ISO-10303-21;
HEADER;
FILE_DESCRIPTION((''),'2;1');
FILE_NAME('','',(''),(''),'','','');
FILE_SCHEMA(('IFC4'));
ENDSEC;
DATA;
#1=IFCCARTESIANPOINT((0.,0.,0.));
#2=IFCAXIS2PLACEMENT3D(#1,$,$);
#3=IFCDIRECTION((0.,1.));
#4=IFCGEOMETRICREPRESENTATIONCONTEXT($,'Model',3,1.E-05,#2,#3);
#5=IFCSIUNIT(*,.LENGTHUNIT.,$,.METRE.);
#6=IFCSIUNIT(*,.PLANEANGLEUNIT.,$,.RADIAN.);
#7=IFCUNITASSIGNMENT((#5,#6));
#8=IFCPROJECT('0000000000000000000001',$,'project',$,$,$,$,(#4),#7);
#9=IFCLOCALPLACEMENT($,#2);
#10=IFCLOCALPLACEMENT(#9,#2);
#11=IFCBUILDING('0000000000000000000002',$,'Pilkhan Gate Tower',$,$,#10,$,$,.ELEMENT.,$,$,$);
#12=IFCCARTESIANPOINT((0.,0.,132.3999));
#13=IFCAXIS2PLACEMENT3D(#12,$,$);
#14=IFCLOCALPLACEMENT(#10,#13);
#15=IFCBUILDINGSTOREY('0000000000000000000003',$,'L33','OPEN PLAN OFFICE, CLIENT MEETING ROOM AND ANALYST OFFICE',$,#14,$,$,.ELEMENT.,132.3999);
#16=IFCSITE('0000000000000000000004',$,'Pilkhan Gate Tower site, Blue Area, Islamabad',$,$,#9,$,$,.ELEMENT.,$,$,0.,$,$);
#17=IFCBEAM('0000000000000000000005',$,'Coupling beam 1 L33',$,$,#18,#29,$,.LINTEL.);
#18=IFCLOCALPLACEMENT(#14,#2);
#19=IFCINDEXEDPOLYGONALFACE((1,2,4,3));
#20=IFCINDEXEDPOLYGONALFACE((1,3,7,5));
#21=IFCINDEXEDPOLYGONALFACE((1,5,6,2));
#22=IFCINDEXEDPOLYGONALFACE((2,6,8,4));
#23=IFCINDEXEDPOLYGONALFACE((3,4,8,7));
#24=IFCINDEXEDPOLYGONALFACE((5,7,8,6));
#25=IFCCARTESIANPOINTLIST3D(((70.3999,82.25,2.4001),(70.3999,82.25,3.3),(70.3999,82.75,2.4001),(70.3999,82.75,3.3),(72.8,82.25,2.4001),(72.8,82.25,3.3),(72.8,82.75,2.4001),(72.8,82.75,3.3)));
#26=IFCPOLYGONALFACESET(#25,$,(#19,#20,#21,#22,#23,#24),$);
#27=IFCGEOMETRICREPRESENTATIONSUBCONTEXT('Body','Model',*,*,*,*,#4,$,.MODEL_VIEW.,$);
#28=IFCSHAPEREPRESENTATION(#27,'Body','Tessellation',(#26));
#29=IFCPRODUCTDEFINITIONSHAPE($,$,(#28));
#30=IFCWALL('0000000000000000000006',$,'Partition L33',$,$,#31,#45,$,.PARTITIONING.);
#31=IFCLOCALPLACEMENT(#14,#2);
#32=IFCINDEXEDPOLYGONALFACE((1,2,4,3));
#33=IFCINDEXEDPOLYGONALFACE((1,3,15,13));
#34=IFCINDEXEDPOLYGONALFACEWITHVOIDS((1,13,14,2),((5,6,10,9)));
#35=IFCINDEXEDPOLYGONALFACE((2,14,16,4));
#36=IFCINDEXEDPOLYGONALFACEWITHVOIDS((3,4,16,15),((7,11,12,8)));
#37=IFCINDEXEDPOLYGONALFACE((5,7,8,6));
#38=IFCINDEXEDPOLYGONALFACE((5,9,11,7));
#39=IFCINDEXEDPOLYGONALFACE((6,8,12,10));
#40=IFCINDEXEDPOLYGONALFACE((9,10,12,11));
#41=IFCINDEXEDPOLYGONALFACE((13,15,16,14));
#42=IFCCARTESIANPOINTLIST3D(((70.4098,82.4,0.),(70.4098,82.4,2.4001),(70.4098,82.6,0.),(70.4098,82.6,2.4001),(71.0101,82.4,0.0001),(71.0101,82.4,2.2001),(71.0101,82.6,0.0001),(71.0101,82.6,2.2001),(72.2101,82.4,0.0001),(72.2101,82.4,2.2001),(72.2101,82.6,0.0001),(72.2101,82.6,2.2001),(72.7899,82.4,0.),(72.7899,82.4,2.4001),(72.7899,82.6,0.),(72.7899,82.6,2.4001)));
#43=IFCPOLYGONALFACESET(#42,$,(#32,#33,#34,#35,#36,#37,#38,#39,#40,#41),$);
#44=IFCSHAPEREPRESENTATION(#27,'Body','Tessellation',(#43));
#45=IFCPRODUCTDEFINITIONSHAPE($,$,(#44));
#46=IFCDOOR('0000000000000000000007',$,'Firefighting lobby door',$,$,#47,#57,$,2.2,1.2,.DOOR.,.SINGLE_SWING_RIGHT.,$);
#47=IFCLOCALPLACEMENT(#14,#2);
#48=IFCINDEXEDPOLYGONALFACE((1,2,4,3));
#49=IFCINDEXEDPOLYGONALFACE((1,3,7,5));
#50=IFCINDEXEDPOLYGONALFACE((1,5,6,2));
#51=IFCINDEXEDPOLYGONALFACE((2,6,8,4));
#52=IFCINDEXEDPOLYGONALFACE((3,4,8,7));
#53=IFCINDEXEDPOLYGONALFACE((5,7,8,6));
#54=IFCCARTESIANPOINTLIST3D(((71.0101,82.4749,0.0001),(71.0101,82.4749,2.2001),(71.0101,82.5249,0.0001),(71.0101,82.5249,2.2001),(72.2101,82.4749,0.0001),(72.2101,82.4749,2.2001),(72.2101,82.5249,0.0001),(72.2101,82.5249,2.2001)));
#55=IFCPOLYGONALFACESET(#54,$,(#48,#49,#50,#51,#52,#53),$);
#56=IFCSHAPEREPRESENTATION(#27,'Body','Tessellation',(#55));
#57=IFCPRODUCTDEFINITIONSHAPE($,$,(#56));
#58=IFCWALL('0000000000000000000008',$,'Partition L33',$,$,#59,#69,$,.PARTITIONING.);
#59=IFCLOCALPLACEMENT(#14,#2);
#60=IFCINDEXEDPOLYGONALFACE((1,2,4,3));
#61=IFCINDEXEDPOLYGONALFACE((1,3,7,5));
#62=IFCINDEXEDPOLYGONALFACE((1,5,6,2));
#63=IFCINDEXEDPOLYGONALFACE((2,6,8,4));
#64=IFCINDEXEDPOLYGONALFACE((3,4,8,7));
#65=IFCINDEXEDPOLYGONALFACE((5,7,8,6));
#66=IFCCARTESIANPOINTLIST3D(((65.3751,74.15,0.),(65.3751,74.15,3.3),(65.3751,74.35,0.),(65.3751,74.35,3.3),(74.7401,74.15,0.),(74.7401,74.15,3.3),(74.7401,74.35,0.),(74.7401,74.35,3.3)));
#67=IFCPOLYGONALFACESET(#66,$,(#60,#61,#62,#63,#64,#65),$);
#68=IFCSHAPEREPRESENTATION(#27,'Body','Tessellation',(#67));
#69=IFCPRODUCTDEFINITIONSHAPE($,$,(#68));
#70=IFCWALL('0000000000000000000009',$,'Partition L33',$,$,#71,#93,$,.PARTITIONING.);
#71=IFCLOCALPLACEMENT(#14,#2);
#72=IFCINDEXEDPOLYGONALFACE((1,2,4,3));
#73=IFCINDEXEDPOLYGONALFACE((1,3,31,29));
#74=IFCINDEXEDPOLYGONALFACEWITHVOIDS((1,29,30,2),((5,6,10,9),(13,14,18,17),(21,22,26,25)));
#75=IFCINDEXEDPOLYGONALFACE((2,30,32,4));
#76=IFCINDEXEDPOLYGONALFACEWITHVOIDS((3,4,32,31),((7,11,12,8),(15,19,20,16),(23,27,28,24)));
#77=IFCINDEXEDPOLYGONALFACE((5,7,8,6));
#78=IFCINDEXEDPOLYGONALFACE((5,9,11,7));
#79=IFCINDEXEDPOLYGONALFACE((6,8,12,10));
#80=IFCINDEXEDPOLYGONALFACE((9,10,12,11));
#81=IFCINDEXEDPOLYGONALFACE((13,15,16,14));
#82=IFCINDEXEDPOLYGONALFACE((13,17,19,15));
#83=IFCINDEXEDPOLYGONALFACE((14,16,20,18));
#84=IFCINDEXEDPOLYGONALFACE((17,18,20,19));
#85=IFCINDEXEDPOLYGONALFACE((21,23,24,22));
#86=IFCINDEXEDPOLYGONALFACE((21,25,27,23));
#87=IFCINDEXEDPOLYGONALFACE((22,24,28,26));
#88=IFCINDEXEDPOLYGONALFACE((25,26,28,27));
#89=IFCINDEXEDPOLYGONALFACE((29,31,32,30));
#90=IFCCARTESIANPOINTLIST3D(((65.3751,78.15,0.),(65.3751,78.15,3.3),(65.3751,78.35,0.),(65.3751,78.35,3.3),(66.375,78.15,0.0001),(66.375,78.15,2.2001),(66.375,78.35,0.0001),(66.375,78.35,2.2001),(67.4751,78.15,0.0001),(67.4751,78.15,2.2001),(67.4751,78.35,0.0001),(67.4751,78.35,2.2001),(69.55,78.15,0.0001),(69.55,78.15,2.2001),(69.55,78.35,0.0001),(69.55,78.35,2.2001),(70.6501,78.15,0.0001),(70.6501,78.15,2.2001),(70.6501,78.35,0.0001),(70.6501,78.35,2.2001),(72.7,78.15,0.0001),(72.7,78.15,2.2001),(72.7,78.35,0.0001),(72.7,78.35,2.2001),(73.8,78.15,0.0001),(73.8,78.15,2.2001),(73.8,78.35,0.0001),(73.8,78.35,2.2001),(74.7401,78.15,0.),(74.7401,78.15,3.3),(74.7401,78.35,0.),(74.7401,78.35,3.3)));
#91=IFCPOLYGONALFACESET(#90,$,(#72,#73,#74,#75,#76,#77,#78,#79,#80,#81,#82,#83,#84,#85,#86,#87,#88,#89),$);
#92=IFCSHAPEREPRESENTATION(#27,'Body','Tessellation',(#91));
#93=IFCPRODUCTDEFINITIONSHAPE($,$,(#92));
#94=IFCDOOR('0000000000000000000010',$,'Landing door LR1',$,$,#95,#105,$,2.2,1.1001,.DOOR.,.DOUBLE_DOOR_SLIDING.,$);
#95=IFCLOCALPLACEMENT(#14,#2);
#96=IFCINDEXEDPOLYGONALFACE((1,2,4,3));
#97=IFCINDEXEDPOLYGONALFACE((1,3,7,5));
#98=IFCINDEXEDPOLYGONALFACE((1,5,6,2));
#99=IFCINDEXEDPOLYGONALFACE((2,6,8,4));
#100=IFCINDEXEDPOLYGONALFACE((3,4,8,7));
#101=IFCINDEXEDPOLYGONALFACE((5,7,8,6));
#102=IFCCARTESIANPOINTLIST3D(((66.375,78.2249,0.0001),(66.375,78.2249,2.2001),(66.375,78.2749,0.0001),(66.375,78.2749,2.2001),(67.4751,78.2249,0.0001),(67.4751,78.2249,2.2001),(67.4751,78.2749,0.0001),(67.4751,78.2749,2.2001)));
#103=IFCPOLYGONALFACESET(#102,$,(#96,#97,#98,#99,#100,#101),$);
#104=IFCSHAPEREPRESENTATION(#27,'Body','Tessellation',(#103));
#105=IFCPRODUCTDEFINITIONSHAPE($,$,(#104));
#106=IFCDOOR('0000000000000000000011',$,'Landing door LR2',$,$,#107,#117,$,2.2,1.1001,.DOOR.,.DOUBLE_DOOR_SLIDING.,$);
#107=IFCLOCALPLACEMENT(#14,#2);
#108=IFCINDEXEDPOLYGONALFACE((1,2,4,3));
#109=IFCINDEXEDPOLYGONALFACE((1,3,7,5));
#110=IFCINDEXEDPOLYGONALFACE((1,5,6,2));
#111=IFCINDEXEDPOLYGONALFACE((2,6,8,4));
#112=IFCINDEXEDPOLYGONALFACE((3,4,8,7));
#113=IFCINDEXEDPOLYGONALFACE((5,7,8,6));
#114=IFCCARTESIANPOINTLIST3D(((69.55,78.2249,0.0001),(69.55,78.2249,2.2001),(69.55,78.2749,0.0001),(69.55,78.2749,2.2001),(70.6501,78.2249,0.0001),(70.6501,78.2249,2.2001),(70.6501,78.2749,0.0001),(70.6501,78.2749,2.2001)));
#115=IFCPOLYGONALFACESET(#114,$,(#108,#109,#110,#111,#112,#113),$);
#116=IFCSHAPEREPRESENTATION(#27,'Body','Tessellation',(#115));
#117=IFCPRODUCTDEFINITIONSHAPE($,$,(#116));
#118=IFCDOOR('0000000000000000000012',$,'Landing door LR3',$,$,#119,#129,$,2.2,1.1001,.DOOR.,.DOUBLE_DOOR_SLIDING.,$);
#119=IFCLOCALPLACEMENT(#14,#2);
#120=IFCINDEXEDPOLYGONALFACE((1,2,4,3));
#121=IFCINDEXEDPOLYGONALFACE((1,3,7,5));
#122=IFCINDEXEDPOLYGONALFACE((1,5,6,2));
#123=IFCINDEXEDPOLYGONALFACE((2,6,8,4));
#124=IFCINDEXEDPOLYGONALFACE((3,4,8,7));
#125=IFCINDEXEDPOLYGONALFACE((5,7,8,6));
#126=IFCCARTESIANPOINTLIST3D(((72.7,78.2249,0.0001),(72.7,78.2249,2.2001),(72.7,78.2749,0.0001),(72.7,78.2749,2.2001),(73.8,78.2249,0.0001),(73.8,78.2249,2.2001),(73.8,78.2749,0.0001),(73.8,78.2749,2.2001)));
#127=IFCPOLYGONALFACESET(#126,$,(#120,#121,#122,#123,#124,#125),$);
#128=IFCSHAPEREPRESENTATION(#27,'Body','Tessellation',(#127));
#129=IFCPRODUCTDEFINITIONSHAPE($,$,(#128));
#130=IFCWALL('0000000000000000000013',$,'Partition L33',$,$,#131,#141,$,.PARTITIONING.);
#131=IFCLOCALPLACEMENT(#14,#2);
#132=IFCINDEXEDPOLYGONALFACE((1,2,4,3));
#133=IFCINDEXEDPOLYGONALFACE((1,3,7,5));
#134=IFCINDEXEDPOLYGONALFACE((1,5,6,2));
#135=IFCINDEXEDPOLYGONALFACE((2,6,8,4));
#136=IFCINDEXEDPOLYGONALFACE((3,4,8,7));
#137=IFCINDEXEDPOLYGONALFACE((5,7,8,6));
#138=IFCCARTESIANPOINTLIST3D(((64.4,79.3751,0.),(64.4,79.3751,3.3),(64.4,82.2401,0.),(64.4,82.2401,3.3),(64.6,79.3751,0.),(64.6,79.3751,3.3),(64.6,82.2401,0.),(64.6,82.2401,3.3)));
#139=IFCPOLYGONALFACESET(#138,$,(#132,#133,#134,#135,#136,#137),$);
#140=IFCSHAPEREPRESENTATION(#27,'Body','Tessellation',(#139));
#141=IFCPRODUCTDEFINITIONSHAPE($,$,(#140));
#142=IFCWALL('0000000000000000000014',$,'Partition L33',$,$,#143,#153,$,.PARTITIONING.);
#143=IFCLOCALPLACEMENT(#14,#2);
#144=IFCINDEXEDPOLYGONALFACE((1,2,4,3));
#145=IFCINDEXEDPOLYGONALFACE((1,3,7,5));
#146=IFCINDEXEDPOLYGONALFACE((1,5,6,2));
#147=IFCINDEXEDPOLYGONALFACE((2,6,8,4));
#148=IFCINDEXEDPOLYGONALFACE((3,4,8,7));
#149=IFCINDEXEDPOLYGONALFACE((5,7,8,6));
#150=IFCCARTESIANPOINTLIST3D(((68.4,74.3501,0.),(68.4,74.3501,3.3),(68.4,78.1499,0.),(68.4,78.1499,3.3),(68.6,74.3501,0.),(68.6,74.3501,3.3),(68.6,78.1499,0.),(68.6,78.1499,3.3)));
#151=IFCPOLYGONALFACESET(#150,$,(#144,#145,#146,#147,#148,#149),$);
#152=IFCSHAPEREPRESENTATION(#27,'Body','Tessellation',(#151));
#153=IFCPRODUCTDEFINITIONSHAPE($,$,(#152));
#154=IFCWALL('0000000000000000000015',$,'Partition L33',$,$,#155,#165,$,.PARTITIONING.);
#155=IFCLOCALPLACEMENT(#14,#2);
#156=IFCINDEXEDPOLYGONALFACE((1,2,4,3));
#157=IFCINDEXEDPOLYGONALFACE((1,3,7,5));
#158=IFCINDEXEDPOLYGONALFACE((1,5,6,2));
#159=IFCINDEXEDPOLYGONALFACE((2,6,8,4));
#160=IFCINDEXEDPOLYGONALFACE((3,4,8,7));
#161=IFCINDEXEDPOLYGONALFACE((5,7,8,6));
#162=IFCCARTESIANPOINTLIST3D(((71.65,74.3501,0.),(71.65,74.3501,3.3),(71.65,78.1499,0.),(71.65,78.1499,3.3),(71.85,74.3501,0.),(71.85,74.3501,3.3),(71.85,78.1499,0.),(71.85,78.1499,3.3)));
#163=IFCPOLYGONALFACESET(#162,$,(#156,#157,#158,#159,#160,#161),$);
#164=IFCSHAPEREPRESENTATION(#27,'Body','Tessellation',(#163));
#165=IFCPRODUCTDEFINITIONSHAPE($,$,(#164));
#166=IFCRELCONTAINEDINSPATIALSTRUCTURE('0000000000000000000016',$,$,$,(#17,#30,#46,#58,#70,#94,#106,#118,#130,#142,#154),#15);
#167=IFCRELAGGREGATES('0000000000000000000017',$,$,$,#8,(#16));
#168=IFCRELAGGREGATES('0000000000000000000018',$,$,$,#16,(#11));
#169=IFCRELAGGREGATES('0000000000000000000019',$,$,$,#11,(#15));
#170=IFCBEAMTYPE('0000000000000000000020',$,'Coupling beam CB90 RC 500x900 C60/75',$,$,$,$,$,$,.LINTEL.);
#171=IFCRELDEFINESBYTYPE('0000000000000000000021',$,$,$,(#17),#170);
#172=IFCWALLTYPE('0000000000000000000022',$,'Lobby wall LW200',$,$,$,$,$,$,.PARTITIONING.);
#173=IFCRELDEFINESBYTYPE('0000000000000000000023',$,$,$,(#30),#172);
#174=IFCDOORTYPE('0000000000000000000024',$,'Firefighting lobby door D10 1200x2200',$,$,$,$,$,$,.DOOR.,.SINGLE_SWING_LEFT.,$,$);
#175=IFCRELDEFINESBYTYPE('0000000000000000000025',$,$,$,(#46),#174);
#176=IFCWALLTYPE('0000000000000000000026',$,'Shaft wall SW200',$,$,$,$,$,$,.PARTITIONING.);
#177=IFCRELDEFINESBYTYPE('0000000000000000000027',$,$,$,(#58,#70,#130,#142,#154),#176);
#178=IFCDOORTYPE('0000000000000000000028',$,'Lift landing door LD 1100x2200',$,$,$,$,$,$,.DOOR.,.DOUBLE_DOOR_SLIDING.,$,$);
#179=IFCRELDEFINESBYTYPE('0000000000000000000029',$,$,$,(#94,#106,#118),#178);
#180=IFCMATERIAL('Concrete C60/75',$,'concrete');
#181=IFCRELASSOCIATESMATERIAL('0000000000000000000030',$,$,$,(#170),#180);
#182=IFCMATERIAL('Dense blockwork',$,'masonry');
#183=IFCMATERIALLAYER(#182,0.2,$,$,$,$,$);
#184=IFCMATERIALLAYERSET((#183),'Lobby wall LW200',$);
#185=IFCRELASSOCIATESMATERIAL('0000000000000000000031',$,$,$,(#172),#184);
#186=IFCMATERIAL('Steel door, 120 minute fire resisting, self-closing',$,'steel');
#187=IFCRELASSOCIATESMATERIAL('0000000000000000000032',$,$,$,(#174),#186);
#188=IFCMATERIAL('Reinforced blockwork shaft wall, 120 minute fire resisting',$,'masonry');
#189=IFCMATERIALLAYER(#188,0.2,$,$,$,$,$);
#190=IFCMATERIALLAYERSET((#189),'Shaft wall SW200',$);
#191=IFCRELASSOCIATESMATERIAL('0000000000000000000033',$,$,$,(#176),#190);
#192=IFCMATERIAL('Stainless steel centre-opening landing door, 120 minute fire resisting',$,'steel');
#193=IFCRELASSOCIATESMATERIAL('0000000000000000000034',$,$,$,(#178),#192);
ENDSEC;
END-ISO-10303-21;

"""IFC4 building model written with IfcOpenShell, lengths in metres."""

from ifc_helpers import new_model, si_unit, direction, frame, frame_2d, origin, origin_2d, place, context, subcontext, project, spatial, rectangle, extrude, material, layer, layer_set, material_profile, profile_set, type_object, element, fill, save


model = new_model("IFC4")

# Units and contexts
model_context = context("Model", 3, precision=1e-05, world=origin(), true_north=direction((0.0, 1.0)))
body_context = subcontext(model_context, "Body", "Model", "MODEL_VIEW")
ifc_project = project(units=[si_unit("LENGTHUNIT", "METRE"), si_unit("PLANEANGLEUNIT", "RADIAN")], contexts=[model_context])

# Site, building, storey
site_placement = place(None, origin())
site = spatial("IfcSite", under=ifc_project, at=site_placement, Name="Pilkhan Gate Tower site, Blue Area, Islamabad", CompositionType="ELEMENT", RefElevation=0.0)
building_placement = place(site_placement, origin())
building = spatial("IfcBuilding", under=site, at=building_placement, Name="Pilkhan Gate Tower", CompositionType="ELEMENT")
storey_placement = place(building_placement, frame((0.0, 0.0, 132.3999)))
storey = spatial("IfcBuildingStorey", under=building, at=storey_placement, Name="L33", Description="OPEN PLAN OFFICE, CLIENT MEETING ROOM AND ANALYST OFFICE", CompositionType="ELEMENT", Elevation=132.3999)

# Beam
ifc_material_1 = material(Name="Concrete C60/75", Category="concrete")
ifc_material_profile = material_profile(ifc_material_1, rectangle(XDim=0.5, YDim=0.8999, at=origin_2d()), Name="RC 500x900")
ifc_profile_set = profile_set([ifc_material_profile], Name="Concrete C60/75")
beam_type = type_object("IfcBeamType", Name="Coupling beam CB90 RC 500x900 C60/75", PredefinedType="LINTEL", material=ifc_profile_set)
beam_placement = place(storey_placement, frame((70.3999, 82.5, 2.8501), z_axis=(1.0, 0.0, 0.0), x_axis=(0.0, 1.0, 0.0)))
element("IfcBeam", 1, at=beam_placement, inside=storey, type_object=beam_type, Name="Coupling beam 1 L33", PredefinedType="LINTEL", context=body_context, shape_type="SweptSolid", body=[
    extrude(rectangle(XDim=0.5, YDim=0.8999, at=origin_2d()), origin(), (0.0, 0.0, 1.0), 2.4001),
])

# Wall, opening, door
ifc_material_2 = material(Name="Dense blockwork", Category="masonry")
ifc_layer_1 = layer(ifc_material_2, 0.2)
ifc_layer_set_1 = layer_set([ifc_layer_1], Name="Lobby wall LW200")
wall_type_1 = type_object("IfcWallType", Name="Lobby wall LW200", PredefinedType="PARTITIONING", material=ifc_layer_set_1)
wall_1_placement = place(storey_placement, frame((70.4099, 82.5, 0.0), z_axis=(0.0, 0.0, 1.0), x_axis=(1.0, 0.0, 0.0)))
wall_1 = element("IfcWall", 2, at=wall_1_placement, inside=storey, type_object=wall_type_1, Name="Partition L33", PredefinedType="PARTITIONING", context=body_context, shape_type="SweptSolid", body=[
    extrude(rectangle(XDim=2.3801, YDim=0.2, at=frame_2d((1.1899, 0.0))), origin(), (0.0, 0.0, 1.0), 2.4001),
])
opening_1_placement = place(wall_1_placement, frame((0.6001, 0.0, 0.0)))
opening_1 = element("IfcOpeningElement", 3, at=opening_1_placement, cuts=wall_1, PredefinedType="OPENING", context=body_context, shape_type="SweptSolid", body=[
    extrude(rectangle(XDim=1.2, YDim=2.2, at=frame_2d((0.6001, 1.1001))), frame((0.0, 0.1099, 0.0), z_axis=(0.0, -1.0, 0.0), x_axis=(1.0, 0.0, 0.0)), (0.0, 0.0, 1.0), 0.22),
])
ifc_material_3 = material(Name="Steel door, 120 minute fire resisting, self-closing", Category="steel")
door_type_1 = type_object("IfcDoorType", Name="Firefighting lobby door D10 1200x2200", OperationType="SINGLE_SWING_LEFT", PredefinedType="DOOR", material=ifc_material_3)
door_1_placement = place(opening_1_placement, origin())
door_1 = element("IfcDoor", 4, at=door_1_placement, inside=storey, type_object=door_type_1, Name="Firefighting lobby door", OperationType="SINGLE_SWING_RIGHT", OverallHeight=2.2, OverallWidth=1.2, PredefinedType="DOOR", context=body_context, shape_type="SweptSolid", body=[
    extrude(rectangle(XDim=1.2, YDim=2.2, at=frame_2d((0.6001, 1.1001))), frame((0.0, 0.0249, 0.0), z_axis=(0.0, -1.0, 0.0), x_axis=(1.0, 0.0, 0.0)), (0.0, 0.0, 1.0), 0.05),
])
fill(opening_1, door_1)

# Wall
ifc_material_4 = material(Name="Reinforced blockwork shaft wall, 120 minute fire resisting", Category="masonry")
ifc_layer_2 = layer(ifc_material_4, 0.2)
ifc_layer_set_2 = layer_set([ifc_layer_2], Name="Shaft wall SW200")
wall_type_2 = type_object("IfcWallType", Name="Shaft wall SW200", PredefinedType="PARTITIONING", material=ifc_layer_set_2)
wall_2_placement = place(storey_placement, frame((65.375, 74.25, 0.0), z_axis=(0.0, 0.0, 1.0), x_axis=(1.0, 0.0, 0.0)))
element("IfcWall", 5, at=wall_2_placement, inside=storey, type_object=wall_type_2, Name="Partition L33", PredefinedType="PARTITIONING", context=body_context, shape_type="SweptSolid", body=[
    extrude(rectangle(XDim=9.365, YDim=0.2, at=frame_2d((4.6826, 0.0))), origin(), (0.0, 0.0, 1.0), 3.3),
])

# Wall, openings, doors
wall_3_placement = place(storey_placement, frame((65.375, 78.25, 0.0), z_axis=(0.0, 0.0, 1.0), x_axis=(1.0, 0.0, 0.0)))
wall_3 = element("IfcWall", 6, at=wall_3_placement, inside=storey, type_object=wall_type_2, Name="Partition L33", PredefinedType="PARTITIONING", context=body_context, shape_type="SweptSolid", body=[
    extrude(rectangle(XDim=9.365, YDim=0.2, at=frame_2d((4.6826, 0.0))), origin(), (0.0, 0.0, 1.0), 3.3),
])
opening_2_placement = place(wall_3_placement, frame((1.0, 0.0, 0.0)))
opening_2 = element("IfcOpeningElement", 7, at=opening_2_placement, cuts=wall_3, PredefinedType="OPENING", context=body_context, shape_type="SweptSolid", body=[
    extrude(rectangle(XDim=1.1001, YDim=2.2, at=frame_2d((0.55, 1.1001))), frame((0.0, 0.1099, 0.0), z_axis=(0.0, -1.0, 0.0), x_axis=(1.0, 0.0, 0.0)), (0.0, 0.0, 1.0), 0.22),
])
opening_3_placement = place(wall_3_placement, frame((4.175, 0.0, 0.0)))
opening_3 = element("IfcOpeningElement", 8, at=opening_3_placement, cuts=wall_3, PredefinedType="OPENING", context=body_context, shape_type="SweptSolid", body=[
    extrude(rectangle(XDim=1.1001, YDim=2.2, at=frame_2d((0.55, 1.1001))), frame((0.0, 0.1099, 0.0), z_axis=(0.0, -1.0, 0.0), x_axis=(1.0, 0.0, 0.0)), (0.0, 0.0, 1.0), 0.22),
])
opening_4_placement = place(wall_3_placement, frame((7.325, 0.0, 0.0)))
opening_4 = element("IfcOpeningElement", 9, at=opening_4_placement, cuts=wall_3, PredefinedType="OPENING", context=body_context, shape_type="SweptSolid", body=[
    extrude(rectangle(XDim=1.1001, YDim=2.2, at=frame_2d((0.55, 1.1001))), frame((0.0, 0.1099, 0.0), z_axis=(0.0, -1.0, 0.0), x_axis=(1.0, 0.0, 0.0)), (0.0, 0.0, 1.0), 0.22),
])
ifc_material_5 = material(Name="Stainless steel centre-opening landing door, 120 minute fire resisting", Category="steel")
door_type_2 = type_object("IfcDoorType", Name="Lift landing door LD 1100x2200", OperationType="DOUBLE_DOOR_SLIDING", PredefinedType="DOOR", material=ifc_material_5)
door_2_placement = place(opening_2_placement, origin())
door_2 = element("IfcDoor", 10, at=door_2_placement, inside=storey, type_object=door_type_2, Name="Landing door LR1", OperationType="DOUBLE_DOOR_SLIDING", OverallHeight=2.2, OverallWidth=1.1001, PredefinedType="DOOR", context=body_context, shape_type="SweptSolid", body=[
    extrude(rectangle(XDim=1.1001, YDim=2.2, at=frame_2d((0.55, 1.1001))), frame((0.0, 0.0249, 0.0), z_axis=(0.0, -1.0, 0.0), x_axis=(1.0, 0.0, 0.0)), (0.0, 0.0, 1.0), 0.05),
])
fill(opening_2, door_2)
door_3_placement = place(opening_3_placement, origin())
door_3 = element("IfcDoor", 11, at=door_3_placement, inside=storey, type_object=door_type_2, Name="Landing door LR2", OperationType="DOUBLE_DOOR_SLIDING", OverallHeight=2.2, OverallWidth=1.1001, PredefinedType="DOOR", context=body_context, shape_type="SweptSolid", body=[
    extrude(rectangle(XDim=1.1001, YDim=2.2, at=frame_2d((0.55, 1.1001))), frame((0.0, 0.0249, 0.0), z_axis=(0.0, -1.0, 0.0), x_axis=(1.0, 0.0, 0.0)), (0.0, 0.0, 1.0), 0.05),
])
fill(opening_3, door_3)
door_4_placement = place(opening_4_placement, origin())
door_4 = element("IfcDoor", 12, at=door_4_placement, inside=storey, type_object=door_type_2, Name="Landing door LR3", OperationType="DOUBLE_DOOR_SLIDING", OverallHeight=2.2, OverallWidth=1.1001, PredefinedType="DOOR", context=body_context, shape_type="SweptSolid", body=[
    extrude(rectangle(XDim=1.1001, YDim=2.2, at=frame_2d((0.55, 1.1001))), frame((0.0, 0.0249, 0.0), z_axis=(0.0, -1.0, 0.0), x_axis=(1.0, 0.0, 0.0)), (0.0, 0.0, 1.0), 0.05),
])
fill(opening_4, door_4)

# Walls
wall_4_placement = place(storey_placement, frame((64.5, 79.375, 0.0), z_axis=(0.0, 0.0, 1.0), x_axis=(0.0, 1.0, 0.0)))
element("IfcWall", 13, at=wall_4_placement, inside=storey, type_object=wall_type_2, Name="Partition L33", PredefinedType="PARTITIONING", context=body_context, shape_type="SweptSolid", body=[
    extrude(rectangle(XDim=2.865, YDim=0.2, at=frame_2d((1.4326, 0.0))), origin(), (0.0, 0.0, 1.0), 3.3),
])
for number, where, z_axis, x_axis, name in (
    (14, (68.5, 74.3501, 0.0), (0.0, 0.0, 1.0), (0.0, 1.0, 0.0), "Partition L33"),
    (15, (71.75, 74.3501, 0.0), (0.0, 0.0, 1.0), (0.0, 1.0, 0.0), "Partition L33"),
):
    element("IfcWall", number, at=place(storey_placement, frame(where, z_axis=z_axis, x_axis=x_axis)), inside=storey, type_object=wall_type_2, Name=name, PredefinedType="PARTITIONING", context=body_context, shape_type="SweptSolid", body=[
        extrude(rectangle(XDim=3.7998, YDim=0.2, at=frame_2d((1.8999, 0.0))), origin(), (0.0, 0.0, 1.0), 3.3),
    ])

save(model, "model.ifc")
